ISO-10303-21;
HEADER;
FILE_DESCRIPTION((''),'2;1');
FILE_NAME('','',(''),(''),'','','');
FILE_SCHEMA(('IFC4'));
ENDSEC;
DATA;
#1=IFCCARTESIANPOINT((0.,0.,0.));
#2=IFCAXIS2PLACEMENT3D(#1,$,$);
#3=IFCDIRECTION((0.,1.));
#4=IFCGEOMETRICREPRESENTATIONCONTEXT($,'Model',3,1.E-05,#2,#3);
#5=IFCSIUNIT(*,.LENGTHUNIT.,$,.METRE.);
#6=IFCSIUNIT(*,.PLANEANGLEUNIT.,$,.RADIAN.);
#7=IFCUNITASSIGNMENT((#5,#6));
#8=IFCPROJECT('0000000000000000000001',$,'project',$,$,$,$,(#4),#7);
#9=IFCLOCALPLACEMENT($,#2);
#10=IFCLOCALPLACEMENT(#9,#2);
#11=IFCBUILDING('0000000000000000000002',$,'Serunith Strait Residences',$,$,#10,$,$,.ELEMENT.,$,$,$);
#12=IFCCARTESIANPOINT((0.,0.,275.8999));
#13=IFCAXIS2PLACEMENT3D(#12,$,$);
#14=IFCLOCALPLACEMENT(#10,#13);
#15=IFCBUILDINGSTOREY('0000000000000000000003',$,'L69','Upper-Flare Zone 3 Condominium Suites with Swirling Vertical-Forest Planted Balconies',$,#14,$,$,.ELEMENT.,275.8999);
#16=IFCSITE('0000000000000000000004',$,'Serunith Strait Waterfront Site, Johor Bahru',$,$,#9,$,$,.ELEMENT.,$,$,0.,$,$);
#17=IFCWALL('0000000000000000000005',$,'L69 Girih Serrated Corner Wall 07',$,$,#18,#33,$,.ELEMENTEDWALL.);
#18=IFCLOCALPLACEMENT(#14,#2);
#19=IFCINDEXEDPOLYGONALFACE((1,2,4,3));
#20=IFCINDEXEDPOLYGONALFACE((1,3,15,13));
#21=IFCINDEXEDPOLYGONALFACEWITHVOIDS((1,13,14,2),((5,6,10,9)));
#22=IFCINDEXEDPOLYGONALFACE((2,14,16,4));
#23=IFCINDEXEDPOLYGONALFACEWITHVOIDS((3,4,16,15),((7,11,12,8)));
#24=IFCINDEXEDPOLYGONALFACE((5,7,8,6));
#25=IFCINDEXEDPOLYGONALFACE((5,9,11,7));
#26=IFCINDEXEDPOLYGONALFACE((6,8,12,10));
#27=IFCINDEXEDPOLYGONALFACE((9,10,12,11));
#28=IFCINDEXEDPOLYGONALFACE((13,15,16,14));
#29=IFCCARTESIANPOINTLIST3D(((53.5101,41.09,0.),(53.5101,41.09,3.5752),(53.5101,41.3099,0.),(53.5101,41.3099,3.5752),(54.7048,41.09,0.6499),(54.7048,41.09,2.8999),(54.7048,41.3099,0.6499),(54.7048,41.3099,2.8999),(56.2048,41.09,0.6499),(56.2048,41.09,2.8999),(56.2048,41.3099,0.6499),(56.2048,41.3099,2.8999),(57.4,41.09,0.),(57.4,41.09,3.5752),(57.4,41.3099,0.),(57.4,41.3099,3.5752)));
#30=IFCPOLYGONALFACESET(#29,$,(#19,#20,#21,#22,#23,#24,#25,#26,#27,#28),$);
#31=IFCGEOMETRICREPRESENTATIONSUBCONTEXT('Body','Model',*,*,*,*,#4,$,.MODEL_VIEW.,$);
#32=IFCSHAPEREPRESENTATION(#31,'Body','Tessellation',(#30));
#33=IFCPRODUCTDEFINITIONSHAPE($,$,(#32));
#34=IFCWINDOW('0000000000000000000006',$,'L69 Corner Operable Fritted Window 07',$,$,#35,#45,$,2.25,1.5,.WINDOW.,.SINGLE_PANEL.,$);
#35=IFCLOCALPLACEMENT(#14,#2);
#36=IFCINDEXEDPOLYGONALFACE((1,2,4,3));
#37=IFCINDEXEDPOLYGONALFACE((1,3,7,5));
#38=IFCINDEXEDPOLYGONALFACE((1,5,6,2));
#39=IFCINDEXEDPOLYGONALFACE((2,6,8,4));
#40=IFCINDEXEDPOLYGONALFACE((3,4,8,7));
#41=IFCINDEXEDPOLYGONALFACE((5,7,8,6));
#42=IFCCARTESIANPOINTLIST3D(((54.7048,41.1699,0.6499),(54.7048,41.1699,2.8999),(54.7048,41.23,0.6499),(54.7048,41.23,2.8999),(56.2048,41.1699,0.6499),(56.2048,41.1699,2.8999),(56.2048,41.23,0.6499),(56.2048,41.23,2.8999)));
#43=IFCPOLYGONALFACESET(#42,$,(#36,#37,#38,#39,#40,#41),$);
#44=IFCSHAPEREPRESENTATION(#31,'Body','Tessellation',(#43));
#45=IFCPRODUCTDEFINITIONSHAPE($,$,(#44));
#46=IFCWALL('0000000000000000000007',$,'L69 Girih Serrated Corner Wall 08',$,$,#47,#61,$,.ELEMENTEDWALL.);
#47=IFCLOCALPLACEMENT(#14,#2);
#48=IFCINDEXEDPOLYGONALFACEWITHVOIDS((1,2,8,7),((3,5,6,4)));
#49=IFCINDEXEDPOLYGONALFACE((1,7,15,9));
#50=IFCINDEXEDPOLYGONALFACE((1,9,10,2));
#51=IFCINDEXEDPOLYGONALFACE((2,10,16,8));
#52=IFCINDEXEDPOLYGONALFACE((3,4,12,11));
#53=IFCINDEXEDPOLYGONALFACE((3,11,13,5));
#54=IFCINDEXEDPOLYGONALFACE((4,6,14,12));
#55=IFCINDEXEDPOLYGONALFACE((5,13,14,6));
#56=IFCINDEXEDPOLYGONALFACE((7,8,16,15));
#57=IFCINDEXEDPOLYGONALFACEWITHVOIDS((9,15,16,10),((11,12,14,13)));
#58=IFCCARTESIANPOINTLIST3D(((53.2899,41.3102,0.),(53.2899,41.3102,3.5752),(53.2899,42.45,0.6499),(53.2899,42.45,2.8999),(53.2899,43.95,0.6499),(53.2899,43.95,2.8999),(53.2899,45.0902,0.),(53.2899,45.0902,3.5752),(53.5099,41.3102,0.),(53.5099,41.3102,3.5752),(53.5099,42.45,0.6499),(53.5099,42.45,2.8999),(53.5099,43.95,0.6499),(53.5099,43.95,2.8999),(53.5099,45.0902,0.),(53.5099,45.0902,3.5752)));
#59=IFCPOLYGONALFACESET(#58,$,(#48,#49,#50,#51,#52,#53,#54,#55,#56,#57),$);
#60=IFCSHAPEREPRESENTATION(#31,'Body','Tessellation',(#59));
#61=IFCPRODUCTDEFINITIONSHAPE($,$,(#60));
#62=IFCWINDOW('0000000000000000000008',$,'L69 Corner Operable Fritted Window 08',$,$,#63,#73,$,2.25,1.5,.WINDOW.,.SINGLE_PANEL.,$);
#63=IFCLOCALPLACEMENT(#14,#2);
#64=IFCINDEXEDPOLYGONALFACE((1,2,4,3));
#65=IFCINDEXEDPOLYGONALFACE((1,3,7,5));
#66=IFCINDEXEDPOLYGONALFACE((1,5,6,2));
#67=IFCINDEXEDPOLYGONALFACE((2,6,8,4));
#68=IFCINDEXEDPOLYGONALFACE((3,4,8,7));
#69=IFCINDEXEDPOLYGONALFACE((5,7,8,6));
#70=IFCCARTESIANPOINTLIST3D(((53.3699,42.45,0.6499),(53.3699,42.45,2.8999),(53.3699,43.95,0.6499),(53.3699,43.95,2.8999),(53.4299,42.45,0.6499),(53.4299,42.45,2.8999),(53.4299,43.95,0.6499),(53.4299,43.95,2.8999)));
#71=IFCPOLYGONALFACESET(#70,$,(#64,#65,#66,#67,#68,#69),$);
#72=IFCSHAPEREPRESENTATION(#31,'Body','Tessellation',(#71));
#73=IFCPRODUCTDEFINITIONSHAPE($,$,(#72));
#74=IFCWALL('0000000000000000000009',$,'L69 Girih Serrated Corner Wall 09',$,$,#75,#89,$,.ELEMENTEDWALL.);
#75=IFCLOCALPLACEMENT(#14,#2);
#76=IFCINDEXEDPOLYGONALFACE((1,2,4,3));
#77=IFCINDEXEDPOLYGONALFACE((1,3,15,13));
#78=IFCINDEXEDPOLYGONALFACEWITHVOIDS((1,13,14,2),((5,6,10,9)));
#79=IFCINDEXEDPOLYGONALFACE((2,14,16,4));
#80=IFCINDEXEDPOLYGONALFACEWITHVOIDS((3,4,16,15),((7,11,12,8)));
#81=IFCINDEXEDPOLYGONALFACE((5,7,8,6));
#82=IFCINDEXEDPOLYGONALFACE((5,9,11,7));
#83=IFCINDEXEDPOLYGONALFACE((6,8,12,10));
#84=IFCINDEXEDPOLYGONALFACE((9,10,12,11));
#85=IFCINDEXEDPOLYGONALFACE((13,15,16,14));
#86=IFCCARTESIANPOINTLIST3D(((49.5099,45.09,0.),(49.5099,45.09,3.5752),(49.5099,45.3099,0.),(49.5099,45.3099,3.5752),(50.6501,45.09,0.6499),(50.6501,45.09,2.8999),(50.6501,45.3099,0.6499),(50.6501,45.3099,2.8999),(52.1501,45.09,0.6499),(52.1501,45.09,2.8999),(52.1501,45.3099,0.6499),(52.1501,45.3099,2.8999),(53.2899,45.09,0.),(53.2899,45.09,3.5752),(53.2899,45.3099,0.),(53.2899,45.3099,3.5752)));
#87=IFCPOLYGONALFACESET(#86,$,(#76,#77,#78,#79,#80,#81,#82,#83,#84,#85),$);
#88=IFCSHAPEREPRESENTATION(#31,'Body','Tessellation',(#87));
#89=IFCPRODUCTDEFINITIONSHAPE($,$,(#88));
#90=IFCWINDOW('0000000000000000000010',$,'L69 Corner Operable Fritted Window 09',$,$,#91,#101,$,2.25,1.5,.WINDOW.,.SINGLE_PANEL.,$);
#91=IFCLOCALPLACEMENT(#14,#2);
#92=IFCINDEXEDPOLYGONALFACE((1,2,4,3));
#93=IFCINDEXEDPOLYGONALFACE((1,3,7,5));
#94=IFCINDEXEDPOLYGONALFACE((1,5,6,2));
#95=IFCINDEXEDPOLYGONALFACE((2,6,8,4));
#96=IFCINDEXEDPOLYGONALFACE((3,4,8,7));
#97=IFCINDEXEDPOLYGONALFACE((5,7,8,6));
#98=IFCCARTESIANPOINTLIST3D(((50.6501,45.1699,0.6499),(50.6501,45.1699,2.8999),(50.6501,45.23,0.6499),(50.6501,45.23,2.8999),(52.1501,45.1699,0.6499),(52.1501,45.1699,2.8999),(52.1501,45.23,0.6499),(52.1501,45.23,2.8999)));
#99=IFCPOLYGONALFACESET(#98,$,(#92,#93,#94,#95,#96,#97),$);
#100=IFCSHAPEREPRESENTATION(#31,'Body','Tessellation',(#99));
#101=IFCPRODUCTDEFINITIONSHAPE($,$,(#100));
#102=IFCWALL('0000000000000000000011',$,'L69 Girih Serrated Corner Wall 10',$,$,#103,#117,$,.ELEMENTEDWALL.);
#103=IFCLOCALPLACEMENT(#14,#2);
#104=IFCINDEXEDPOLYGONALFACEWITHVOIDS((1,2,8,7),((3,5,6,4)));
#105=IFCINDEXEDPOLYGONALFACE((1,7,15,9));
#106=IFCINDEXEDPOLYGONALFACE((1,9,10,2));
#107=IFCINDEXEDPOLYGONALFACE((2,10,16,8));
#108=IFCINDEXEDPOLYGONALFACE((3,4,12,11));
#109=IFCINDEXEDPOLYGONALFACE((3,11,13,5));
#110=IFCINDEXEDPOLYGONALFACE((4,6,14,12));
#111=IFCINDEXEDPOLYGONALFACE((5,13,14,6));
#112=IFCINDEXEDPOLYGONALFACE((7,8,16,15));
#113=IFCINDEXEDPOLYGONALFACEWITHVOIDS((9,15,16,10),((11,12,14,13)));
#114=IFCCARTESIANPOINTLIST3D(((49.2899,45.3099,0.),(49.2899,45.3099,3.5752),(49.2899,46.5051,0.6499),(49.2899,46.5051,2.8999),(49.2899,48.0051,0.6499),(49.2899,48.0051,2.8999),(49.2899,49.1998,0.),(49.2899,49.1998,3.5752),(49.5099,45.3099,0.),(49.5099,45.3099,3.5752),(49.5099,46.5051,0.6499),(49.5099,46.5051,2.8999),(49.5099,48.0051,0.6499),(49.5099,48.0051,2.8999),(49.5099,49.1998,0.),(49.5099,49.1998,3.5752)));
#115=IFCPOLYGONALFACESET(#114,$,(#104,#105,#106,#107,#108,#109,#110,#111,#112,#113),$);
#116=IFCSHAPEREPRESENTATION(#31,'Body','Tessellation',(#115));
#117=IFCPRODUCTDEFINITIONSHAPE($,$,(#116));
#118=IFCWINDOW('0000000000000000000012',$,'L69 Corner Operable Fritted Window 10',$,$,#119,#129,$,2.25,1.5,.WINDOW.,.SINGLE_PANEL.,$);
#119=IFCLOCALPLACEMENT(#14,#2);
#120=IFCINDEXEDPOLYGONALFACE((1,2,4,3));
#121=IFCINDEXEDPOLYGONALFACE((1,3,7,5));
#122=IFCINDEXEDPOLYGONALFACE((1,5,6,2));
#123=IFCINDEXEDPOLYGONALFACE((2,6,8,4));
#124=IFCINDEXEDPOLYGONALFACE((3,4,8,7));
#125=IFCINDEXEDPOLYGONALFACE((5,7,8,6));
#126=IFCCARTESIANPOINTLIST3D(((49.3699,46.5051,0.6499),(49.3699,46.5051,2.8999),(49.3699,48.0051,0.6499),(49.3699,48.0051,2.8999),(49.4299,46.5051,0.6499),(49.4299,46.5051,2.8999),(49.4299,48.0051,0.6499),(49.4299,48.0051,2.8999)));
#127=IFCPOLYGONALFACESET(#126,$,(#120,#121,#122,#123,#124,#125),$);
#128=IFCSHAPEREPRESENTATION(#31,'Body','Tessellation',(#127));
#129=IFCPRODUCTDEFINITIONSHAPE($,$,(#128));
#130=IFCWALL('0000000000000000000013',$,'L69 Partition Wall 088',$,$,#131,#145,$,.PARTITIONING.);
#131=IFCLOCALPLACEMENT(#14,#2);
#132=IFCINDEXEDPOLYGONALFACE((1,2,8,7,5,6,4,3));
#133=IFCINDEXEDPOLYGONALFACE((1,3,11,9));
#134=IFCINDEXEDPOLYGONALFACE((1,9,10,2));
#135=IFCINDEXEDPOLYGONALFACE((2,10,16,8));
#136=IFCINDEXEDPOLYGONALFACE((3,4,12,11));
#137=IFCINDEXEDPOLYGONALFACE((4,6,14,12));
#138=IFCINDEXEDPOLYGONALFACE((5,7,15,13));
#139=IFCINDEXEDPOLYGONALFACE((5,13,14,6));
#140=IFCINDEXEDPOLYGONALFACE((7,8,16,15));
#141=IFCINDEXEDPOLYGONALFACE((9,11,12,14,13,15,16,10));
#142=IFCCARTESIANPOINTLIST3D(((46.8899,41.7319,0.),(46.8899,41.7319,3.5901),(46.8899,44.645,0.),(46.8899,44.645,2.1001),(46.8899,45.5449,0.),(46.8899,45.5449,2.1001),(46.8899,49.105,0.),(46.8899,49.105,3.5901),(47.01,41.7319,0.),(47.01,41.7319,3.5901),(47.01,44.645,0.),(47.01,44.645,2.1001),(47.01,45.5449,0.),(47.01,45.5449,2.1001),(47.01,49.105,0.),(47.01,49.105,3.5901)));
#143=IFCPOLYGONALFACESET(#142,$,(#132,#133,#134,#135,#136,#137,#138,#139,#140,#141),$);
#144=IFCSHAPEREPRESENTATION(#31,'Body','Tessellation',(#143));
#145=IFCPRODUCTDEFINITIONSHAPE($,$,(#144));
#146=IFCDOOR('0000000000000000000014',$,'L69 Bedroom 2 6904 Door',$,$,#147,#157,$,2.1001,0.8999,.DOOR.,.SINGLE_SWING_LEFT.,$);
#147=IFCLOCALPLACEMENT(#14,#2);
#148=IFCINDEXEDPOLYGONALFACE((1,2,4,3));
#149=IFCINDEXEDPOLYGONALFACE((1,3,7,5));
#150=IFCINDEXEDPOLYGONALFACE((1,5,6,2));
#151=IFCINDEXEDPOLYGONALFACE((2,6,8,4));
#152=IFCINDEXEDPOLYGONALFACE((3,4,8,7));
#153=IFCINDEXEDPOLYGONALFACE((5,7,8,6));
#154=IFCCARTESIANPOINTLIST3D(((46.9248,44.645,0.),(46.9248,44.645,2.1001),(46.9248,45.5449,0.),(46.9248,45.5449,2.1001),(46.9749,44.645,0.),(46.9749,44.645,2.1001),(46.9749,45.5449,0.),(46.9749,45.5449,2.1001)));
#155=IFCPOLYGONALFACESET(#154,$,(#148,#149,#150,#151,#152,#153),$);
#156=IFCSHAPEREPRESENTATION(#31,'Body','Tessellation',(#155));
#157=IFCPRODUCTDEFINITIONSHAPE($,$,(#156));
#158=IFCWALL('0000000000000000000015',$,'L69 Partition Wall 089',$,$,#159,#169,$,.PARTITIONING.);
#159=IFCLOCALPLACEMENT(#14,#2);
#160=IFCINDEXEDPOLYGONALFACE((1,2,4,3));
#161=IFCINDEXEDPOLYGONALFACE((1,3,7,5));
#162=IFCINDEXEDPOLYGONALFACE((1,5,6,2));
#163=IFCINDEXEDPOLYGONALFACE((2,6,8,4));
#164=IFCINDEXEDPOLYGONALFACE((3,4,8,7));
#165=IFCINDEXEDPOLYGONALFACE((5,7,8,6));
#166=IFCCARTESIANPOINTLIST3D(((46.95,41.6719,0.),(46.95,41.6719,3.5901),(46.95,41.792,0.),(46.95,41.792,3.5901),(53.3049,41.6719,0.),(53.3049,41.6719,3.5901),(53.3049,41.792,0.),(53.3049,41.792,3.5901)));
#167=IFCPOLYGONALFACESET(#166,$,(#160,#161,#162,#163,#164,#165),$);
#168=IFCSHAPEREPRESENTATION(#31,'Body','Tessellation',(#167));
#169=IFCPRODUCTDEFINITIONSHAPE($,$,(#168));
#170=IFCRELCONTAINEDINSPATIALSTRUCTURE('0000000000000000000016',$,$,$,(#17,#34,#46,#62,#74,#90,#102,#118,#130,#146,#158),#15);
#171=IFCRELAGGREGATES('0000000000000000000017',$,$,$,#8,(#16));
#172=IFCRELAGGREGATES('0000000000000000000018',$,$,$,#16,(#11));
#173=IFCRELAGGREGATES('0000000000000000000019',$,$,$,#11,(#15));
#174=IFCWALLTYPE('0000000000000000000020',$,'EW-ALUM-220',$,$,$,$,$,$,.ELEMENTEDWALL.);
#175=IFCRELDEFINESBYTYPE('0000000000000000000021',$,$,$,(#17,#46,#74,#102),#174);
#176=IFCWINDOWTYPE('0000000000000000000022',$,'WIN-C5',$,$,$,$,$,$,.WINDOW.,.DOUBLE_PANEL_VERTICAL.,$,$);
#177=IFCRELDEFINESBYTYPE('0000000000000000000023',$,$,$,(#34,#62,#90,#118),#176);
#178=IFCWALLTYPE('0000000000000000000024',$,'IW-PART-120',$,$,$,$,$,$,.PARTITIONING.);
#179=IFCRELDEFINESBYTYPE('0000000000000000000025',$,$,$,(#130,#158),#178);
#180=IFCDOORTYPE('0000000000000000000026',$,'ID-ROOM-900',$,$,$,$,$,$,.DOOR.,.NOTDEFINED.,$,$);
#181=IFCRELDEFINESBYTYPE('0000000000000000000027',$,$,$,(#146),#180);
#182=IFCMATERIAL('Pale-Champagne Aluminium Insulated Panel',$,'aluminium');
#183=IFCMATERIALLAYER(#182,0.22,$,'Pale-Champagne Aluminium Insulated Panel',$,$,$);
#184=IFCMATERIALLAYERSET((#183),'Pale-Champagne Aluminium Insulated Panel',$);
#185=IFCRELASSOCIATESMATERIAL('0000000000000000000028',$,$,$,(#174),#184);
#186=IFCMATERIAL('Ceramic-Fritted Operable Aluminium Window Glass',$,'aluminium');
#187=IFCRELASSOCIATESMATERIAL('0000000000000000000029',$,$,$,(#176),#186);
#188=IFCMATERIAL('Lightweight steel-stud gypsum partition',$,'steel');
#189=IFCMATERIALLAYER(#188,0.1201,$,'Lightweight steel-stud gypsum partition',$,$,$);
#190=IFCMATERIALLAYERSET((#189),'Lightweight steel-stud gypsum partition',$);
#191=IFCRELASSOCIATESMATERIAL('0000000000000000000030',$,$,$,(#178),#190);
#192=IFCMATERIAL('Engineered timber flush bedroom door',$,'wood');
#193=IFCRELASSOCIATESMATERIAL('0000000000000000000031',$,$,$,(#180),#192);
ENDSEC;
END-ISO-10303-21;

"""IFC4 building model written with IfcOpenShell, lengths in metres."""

from ifc_helpers import new_model, si_unit, direction, frame, frame_2d, origin, place, context, subcontext, project, spatial, rectangle, extrude, source, transform, mapped, material, layer, layer_set, type_object, element, fill, save


model = new_model("IFC4")

# Units and contexts
model_context = context("Model", 3, precision=1e-05, world=origin(), true_north=direction((0.0, 1.0)))
body_context = subcontext(model_context, "Body", "Model", "MODEL_VIEW")
ifc_project = project(units=[si_unit("LENGTHUNIT", "METRE"), si_unit("PLANEANGLEUNIT", "RADIAN")], contexts=[model_context])

# Site, building, storey
site_placement = place(None, origin())
site = spatial("IfcSite", under=ifc_project, at=site_placement, Name="Serunith Strait Waterfront Site, Johor Bahru", CompositionType="ELEMENT", RefElevation=0.0)
building_placement = place(site_placement, origin())
building = spatial("IfcBuilding", under=site, at=building_placement, Name="Serunith Strait Residences", CompositionType="ELEMENT")
storey_placement = place(building_placement, frame((0.0, 0.0, 275.8999)))
storey = spatial("IfcBuildingStorey", under=building, at=storey_placement, Name="L69", Description="Upper-Flare Zone 3 Condominium Suites with Swirling Vertical-Forest Planted Balconies", CompositionType="ELEMENT", Elevation=275.8999)

# Walls, openings, windows
ifc_material_1 = material(Name="Pale-Champagne Aluminium Insulated Panel", Category="aluminium")
ifc_layer_1 = layer(ifc_material_1, 0.22, Name="Pale-Champagne Aluminium Insulated Panel")
ifc_layer_set_1 = layer_set([ifc_layer_1], Name="Pale-Champagne Aluminium Insulated Panel")
wall_type_1 = type_object("IfcWallType", Name="EW-ALUM-220", PredefinedType="ELEMENTEDWALL", material=ifc_layer_set_1)
wall_1_placement = place(storey_placement, frame((57.3999, 41.2, 0.0), z_axis=(0.0, 0.0, 1.0), x_axis=(-1.0, 0.0, 0.0)))
wall_1 = element("IfcWall", 1, at=wall_1_placement, inside=storey, type_object=wall_type_1, Name="L69 Girih Serrated Corner Wall 07", PredefinedType="ELEMENTEDWALL", context=body_context, shape_type="SweptSolid", body=[
    extrude(rectangle(XDim=3.8899, YDim=0.22, at=frame_2d((1.9448, 0.0))), origin(), (0.0, 0.0, 1.0), 3.5752),
])
opening_1_placement = place(wall_1_placement, frame((1.1951, 0.0, 0.6499)))
opening_1 = element("IfcOpeningElement", 2, at=opening_1_placement, cuts=wall_1, PredefinedType="OPENING", context=body_context, shape_type="SweptSolid", body=[
    extrude(rectangle(XDim=1.5, YDim=2.25, at=frame_2d((0.75, 1.125))), frame((0.0, 0.1201, 0.0), z_axis=(0.0, -1.0, 0.0), x_axis=(1.0, 0.0, 0.0)), (0.0, 0.0, 1.0), 0.24),
])
ifc_material_2 = material(Name="Ceramic-Fritted Operable Aluminium Window Glass", Category="aluminium")
window_type = type_object("IfcWindowType", Name="WIN-C5", PartitioningType="DOUBLE_PANEL_VERTICAL", PredefinedType="WINDOW", material=ifc_material_2)
shared_shape_1 = source(origin(), body_context, "Body", "SweptSolid", [
    extrude(rectangle(XDim=1.5, YDim=2.25, at=frame_2d((0.75, 1.125))), frame((0.0, 0.03, 0.0), z_axis=(0.0, -1.0, 0.0), x_axis=(1.0, 0.0, 0.0)), (0.0, 0.0, 1.0), 0.0601),
])
window_1_placement = place(opening_1_placement, origin())
window_1 = element("IfcWindow", 3, at=window_1_placement, inside=storey, type_object=window_type, Name="L69 Corner Operable Fritted Window 07", OverallHeight=2.25, OverallWidth=1.5, PartitioningType="SINGLE_PANEL", PredefinedType="WINDOW", context=body_context, shape_type="MappedRepresentation", body=[
    mapped(shared_shape_1, transform((0.0, 0.0, 0.0), scale=1.0)),
])
fill(opening_1, window_1)
wall_2_placement = place(storey_placement, frame((53.3999, 41.3101, 0.0), z_axis=(0.0, 0.0, 1.0), x_axis=(0.0, 1.0, 0.0)))
wall_2 = element("IfcWall", 4, at=wall_2_placement, inside=storey, type_object=wall_type_1, Name="L69 Girih Serrated Corner Wall 08", PredefinedType="ELEMENTEDWALL", context=body_context, shape_type="SweptSolid", body=[
    extrude(rectangle(XDim=3.78, YDim=0.22, at=frame_2d((1.8901, 0.0))), origin(), (0.0, 0.0, 1.0), 3.5752),
])
opening_2_placement = place(wall_2_placement, frame((1.1399, 0.0, 0.6499)))
opening_2 = element("IfcOpeningElement", 5, at=opening_2_placement, cuts=wall_2, PredefinedType="OPENING", context=body_context, shape_type="SweptSolid", body=[
    extrude(rectangle(XDim=1.5, YDim=2.25, at=frame_2d((0.75, 1.125))), frame((0.0, 0.1201, 0.0), z_axis=(0.0, -1.0, 0.0), x_axis=(1.0, 0.0, 0.0)), (0.0, 0.0, 1.0), 0.24),
])
window_2_placement = place(opening_2_placement, origin())
window_2 = element("IfcWindow", 6, at=window_2_placement, inside=storey, type_object=window_type, Name="L69 Corner Operable Fritted Window 08", OverallHeight=2.25, OverallWidth=1.5, PartitioningType="SINGLE_PANEL", PredefinedType="WINDOW", context=body_context, shape_type="MappedRepresentation", body=[
    mapped(shared_shape_1, transform((0.0, 0.0, 0.0), scale=1.0)),
])
fill(opening_2, window_2)
wall_3_placement = place(storey_placement, frame((53.29, 45.2, 0.0), z_axis=(0.0, 0.0, 1.0), x_axis=(-1.0, 0.0, 0.0)))
wall_3 = element("IfcWall", 7, at=wall_3_placement, inside=storey, type_object=wall_type_1, Name="L69 Girih Serrated Corner Wall 09", PredefinedType="ELEMENTEDWALL", context=body_context, shape_type="SweptSolid", body=[
    extrude(rectangle(XDim=3.78, YDim=0.22, at=frame_2d((1.8901, 0.0))), origin(), (0.0, 0.0, 1.0), 3.5752),
])
opening_3_placement = place(wall_3_placement, frame((1.1399, 0.0, 0.6499)))
opening_3 = element("IfcOpeningElement", 8, at=opening_3_placement, cuts=wall_3, PredefinedType="OPENING", context=body_context, shape_type="SweptSolid", body=[
    extrude(rectangle(XDim=1.5, YDim=2.25, at=frame_2d((0.75, 1.125))), frame((0.0, 0.1201, 0.0), z_axis=(0.0, -1.0, 0.0), x_axis=(1.0, 0.0, 0.0)), (0.0, 0.0, 1.0), 0.24),
])
window_3_placement = place(opening_3_placement, origin())
window_3 = element("IfcWindow", 9, at=window_3_placement, inside=storey, type_object=window_type, Name="L69 Corner Operable Fritted Window 09", OverallHeight=2.25, OverallWidth=1.5, PartitioningType="SINGLE_PANEL", PredefinedType="WINDOW", context=body_context, shape_type="MappedRepresentation", body=[
    mapped(shared_shape_1, transform((0.0, 0.0, 0.0), scale=1.0)),
])
fill(opening_3, window_3)
wall_4_placement = place(storey_placement, frame((49.3999, 45.3101, 0.0), z_axis=(0.0, 0.0, 1.0), x_axis=(0.0, 1.0, 0.0)))
wall_4 = element("IfcWall", 10, at=wall_4_placement, inside=storey, type_object=wall_type_1, Name="L69 Girih Serrated Corner Wall 10", PredefinedType="ELEMENTEDWALL", context=body_context, shape_type="SweptSolid", body=[
    extrude(rectangle(XDim=3.8899, YDim=0.22, at=frame_2d((1.9448, 0.0))), origin(), (0.0, 0.0, 1.0), 3.5752),
])
opening_4_placement = place(wall_4_placement, frame((1.1951, 0.0, 0.6499)))
opening_4 = element("IfcOpeningElement", 11, at=opening_4_placement, cuts=wall_4, PredefinedType="OPENING", context=body_context, shape_type="SweptSolid", body=[
    extrude(rectangle(XDim=1.5, YDim=2.25, at=frame_2d((0.75, 1.125))), frame((0.0, 0.1201, 0.0), z_axis=(0.0, -1.0, 0.0), x_axis=(1.0, 0.0, 0.0)), (0.0, 0.0, 1.0), 0.24),
])
window_4_placement = place(opening_4_placement, origin())
window_4 = element("IfcWindow", 12, at=window_4_placement, inside=storey, type_object=window_type, Name="L69 Corner Operable Fritted Window 10", OverallHeight=2.25, OverallWidth=1.5, PartitioningType="SINGLE_PANEL", PredefinedType="WINDOW", context=body_context, shape_type="MappedRepresentation", body=[
    mapped(shared_shape_1, transform((0.0, 0.0, 0.0), scale=1.0)),
])
fill(opening_4, window_4)

# Wall, opening, door
ifc_material_3 = material(Name="Lightweight steel-stud gypsum partition", Category="steel")
ifc_layer_2 = layer(ifc_material_3, 0.1201, Name="Lightweight steel-stud gypsum partition")
ifc_layer_set_2 = layer_set([ifc_layer_2], Name="Lightweight steel-stud gypsum partition")
wall_type_2 = type_object("IfcWallType", Name="IW-PART-120", PredefinedType="PARTITIONING", material=ifc_layer_set_2)
wall_5_placement = place(storey_placement, frame((46.95, 49.105, 0.0), z_axis=(0.0, 0.0, 1.0), x_axis=(0.0, -1.0, 0.0)))
wall_5 = element("IfcWall", 13, at=wall_5_placement, inside=storey, type_object=wall_type_2, Name="L69 Partition Wall 088", PredefinedType="PARTITIONING", context=body_context, shape_type="SweptSolid", body=[
    extrude(rectangle(XDim=7.373, YDim=0.1201, at=frame_2d((3.6865, 0.0))), origin(), (0.0, 0.0, 1.0), 3.5901),
])
opening_5_placement = place(wall_5_placement, frame((3.5601, 0.0, 0.0)))
opening_5 = element("IfcOpeningElement", 14, at=opening_5_placement, cuts=wall_5, PredefinedType="OPENING", context=body_context, shape_type="SweptSolid", body=[
    extrude(rectangle(XDim=0.8999, YDim=2.1001, at=frame_2d((0.45, 1.05))), frame((0.0, 0.0701, 0.0), z_axis=(0.0, -1.0, 0.0), x_axis=(1.0, 0.0, 0.0)), (0.0, 0.0, 1.0), 0.1401),
])
ifc_material_4 = material(Name="Engineered timber flush bedroom door", Category="wood")
door_type_1 = type_object("IfcDoorType", Name="ID-ROOM-900", OperationType="NOTDEFINED", PredefinedType="DOOR", material=ifc_material_4)
shared_shape_2 = source(origin(), body_context, "Body", "SweptSolid", [
    extrude(rectangle(XDim=0.8999, YDim=2.1001, at=frame_2d((0.45, 1.05))), frame((0.0, 0.0249, 0.0), z_axis=(0.0, -1.0, 0.0), x_axis=(1.0, 0.0, 0.0)), (0.0, 0.0, 1.0), 0.05),
])
door_1_placement = place(opening_5_placement, origin())
door_1 = element("IfcDoor", 15, at=door_1_placement, inside=storey, type_object=door_type_1, Name="L69 Bedroom 2 6904 Door", OperationType="SINGLE_SWING_LEFT", OverallHeight=2.1001, OverallWidth=0.8999, PredefinedType="DOOR", context=body_context, shape_type="MappedRepresentation", body=[
    mapped(shared_shape_2, transform((0.0, 0.0, 0.0), scale=1.0)),
])
fill(opening_5, door_1)

# Wall
wall_6_placement = place(storey_placement, frame((46.95, 41.7319, 0.0), z_axis=(0.0, 0.0, 1.0), x_axis=(1.0, 0.0, 0.0)))
element("IfcWall", 16, at=wall_6_placement, inside=storey, type_object=wall_type_2, Name="L69 Partition Wall 089", PredefinedType="PARTITIONING", context=body_context, shape_type="SweptSolid", body=[
    extrude(rectangle(XDim=6.355, YDim=0.1201, at=frame_2d((3.1775, 0.0))), origin(), (0.0, 0.0, 1.0), 3.5901),
])

save(model, "model.ifc")
